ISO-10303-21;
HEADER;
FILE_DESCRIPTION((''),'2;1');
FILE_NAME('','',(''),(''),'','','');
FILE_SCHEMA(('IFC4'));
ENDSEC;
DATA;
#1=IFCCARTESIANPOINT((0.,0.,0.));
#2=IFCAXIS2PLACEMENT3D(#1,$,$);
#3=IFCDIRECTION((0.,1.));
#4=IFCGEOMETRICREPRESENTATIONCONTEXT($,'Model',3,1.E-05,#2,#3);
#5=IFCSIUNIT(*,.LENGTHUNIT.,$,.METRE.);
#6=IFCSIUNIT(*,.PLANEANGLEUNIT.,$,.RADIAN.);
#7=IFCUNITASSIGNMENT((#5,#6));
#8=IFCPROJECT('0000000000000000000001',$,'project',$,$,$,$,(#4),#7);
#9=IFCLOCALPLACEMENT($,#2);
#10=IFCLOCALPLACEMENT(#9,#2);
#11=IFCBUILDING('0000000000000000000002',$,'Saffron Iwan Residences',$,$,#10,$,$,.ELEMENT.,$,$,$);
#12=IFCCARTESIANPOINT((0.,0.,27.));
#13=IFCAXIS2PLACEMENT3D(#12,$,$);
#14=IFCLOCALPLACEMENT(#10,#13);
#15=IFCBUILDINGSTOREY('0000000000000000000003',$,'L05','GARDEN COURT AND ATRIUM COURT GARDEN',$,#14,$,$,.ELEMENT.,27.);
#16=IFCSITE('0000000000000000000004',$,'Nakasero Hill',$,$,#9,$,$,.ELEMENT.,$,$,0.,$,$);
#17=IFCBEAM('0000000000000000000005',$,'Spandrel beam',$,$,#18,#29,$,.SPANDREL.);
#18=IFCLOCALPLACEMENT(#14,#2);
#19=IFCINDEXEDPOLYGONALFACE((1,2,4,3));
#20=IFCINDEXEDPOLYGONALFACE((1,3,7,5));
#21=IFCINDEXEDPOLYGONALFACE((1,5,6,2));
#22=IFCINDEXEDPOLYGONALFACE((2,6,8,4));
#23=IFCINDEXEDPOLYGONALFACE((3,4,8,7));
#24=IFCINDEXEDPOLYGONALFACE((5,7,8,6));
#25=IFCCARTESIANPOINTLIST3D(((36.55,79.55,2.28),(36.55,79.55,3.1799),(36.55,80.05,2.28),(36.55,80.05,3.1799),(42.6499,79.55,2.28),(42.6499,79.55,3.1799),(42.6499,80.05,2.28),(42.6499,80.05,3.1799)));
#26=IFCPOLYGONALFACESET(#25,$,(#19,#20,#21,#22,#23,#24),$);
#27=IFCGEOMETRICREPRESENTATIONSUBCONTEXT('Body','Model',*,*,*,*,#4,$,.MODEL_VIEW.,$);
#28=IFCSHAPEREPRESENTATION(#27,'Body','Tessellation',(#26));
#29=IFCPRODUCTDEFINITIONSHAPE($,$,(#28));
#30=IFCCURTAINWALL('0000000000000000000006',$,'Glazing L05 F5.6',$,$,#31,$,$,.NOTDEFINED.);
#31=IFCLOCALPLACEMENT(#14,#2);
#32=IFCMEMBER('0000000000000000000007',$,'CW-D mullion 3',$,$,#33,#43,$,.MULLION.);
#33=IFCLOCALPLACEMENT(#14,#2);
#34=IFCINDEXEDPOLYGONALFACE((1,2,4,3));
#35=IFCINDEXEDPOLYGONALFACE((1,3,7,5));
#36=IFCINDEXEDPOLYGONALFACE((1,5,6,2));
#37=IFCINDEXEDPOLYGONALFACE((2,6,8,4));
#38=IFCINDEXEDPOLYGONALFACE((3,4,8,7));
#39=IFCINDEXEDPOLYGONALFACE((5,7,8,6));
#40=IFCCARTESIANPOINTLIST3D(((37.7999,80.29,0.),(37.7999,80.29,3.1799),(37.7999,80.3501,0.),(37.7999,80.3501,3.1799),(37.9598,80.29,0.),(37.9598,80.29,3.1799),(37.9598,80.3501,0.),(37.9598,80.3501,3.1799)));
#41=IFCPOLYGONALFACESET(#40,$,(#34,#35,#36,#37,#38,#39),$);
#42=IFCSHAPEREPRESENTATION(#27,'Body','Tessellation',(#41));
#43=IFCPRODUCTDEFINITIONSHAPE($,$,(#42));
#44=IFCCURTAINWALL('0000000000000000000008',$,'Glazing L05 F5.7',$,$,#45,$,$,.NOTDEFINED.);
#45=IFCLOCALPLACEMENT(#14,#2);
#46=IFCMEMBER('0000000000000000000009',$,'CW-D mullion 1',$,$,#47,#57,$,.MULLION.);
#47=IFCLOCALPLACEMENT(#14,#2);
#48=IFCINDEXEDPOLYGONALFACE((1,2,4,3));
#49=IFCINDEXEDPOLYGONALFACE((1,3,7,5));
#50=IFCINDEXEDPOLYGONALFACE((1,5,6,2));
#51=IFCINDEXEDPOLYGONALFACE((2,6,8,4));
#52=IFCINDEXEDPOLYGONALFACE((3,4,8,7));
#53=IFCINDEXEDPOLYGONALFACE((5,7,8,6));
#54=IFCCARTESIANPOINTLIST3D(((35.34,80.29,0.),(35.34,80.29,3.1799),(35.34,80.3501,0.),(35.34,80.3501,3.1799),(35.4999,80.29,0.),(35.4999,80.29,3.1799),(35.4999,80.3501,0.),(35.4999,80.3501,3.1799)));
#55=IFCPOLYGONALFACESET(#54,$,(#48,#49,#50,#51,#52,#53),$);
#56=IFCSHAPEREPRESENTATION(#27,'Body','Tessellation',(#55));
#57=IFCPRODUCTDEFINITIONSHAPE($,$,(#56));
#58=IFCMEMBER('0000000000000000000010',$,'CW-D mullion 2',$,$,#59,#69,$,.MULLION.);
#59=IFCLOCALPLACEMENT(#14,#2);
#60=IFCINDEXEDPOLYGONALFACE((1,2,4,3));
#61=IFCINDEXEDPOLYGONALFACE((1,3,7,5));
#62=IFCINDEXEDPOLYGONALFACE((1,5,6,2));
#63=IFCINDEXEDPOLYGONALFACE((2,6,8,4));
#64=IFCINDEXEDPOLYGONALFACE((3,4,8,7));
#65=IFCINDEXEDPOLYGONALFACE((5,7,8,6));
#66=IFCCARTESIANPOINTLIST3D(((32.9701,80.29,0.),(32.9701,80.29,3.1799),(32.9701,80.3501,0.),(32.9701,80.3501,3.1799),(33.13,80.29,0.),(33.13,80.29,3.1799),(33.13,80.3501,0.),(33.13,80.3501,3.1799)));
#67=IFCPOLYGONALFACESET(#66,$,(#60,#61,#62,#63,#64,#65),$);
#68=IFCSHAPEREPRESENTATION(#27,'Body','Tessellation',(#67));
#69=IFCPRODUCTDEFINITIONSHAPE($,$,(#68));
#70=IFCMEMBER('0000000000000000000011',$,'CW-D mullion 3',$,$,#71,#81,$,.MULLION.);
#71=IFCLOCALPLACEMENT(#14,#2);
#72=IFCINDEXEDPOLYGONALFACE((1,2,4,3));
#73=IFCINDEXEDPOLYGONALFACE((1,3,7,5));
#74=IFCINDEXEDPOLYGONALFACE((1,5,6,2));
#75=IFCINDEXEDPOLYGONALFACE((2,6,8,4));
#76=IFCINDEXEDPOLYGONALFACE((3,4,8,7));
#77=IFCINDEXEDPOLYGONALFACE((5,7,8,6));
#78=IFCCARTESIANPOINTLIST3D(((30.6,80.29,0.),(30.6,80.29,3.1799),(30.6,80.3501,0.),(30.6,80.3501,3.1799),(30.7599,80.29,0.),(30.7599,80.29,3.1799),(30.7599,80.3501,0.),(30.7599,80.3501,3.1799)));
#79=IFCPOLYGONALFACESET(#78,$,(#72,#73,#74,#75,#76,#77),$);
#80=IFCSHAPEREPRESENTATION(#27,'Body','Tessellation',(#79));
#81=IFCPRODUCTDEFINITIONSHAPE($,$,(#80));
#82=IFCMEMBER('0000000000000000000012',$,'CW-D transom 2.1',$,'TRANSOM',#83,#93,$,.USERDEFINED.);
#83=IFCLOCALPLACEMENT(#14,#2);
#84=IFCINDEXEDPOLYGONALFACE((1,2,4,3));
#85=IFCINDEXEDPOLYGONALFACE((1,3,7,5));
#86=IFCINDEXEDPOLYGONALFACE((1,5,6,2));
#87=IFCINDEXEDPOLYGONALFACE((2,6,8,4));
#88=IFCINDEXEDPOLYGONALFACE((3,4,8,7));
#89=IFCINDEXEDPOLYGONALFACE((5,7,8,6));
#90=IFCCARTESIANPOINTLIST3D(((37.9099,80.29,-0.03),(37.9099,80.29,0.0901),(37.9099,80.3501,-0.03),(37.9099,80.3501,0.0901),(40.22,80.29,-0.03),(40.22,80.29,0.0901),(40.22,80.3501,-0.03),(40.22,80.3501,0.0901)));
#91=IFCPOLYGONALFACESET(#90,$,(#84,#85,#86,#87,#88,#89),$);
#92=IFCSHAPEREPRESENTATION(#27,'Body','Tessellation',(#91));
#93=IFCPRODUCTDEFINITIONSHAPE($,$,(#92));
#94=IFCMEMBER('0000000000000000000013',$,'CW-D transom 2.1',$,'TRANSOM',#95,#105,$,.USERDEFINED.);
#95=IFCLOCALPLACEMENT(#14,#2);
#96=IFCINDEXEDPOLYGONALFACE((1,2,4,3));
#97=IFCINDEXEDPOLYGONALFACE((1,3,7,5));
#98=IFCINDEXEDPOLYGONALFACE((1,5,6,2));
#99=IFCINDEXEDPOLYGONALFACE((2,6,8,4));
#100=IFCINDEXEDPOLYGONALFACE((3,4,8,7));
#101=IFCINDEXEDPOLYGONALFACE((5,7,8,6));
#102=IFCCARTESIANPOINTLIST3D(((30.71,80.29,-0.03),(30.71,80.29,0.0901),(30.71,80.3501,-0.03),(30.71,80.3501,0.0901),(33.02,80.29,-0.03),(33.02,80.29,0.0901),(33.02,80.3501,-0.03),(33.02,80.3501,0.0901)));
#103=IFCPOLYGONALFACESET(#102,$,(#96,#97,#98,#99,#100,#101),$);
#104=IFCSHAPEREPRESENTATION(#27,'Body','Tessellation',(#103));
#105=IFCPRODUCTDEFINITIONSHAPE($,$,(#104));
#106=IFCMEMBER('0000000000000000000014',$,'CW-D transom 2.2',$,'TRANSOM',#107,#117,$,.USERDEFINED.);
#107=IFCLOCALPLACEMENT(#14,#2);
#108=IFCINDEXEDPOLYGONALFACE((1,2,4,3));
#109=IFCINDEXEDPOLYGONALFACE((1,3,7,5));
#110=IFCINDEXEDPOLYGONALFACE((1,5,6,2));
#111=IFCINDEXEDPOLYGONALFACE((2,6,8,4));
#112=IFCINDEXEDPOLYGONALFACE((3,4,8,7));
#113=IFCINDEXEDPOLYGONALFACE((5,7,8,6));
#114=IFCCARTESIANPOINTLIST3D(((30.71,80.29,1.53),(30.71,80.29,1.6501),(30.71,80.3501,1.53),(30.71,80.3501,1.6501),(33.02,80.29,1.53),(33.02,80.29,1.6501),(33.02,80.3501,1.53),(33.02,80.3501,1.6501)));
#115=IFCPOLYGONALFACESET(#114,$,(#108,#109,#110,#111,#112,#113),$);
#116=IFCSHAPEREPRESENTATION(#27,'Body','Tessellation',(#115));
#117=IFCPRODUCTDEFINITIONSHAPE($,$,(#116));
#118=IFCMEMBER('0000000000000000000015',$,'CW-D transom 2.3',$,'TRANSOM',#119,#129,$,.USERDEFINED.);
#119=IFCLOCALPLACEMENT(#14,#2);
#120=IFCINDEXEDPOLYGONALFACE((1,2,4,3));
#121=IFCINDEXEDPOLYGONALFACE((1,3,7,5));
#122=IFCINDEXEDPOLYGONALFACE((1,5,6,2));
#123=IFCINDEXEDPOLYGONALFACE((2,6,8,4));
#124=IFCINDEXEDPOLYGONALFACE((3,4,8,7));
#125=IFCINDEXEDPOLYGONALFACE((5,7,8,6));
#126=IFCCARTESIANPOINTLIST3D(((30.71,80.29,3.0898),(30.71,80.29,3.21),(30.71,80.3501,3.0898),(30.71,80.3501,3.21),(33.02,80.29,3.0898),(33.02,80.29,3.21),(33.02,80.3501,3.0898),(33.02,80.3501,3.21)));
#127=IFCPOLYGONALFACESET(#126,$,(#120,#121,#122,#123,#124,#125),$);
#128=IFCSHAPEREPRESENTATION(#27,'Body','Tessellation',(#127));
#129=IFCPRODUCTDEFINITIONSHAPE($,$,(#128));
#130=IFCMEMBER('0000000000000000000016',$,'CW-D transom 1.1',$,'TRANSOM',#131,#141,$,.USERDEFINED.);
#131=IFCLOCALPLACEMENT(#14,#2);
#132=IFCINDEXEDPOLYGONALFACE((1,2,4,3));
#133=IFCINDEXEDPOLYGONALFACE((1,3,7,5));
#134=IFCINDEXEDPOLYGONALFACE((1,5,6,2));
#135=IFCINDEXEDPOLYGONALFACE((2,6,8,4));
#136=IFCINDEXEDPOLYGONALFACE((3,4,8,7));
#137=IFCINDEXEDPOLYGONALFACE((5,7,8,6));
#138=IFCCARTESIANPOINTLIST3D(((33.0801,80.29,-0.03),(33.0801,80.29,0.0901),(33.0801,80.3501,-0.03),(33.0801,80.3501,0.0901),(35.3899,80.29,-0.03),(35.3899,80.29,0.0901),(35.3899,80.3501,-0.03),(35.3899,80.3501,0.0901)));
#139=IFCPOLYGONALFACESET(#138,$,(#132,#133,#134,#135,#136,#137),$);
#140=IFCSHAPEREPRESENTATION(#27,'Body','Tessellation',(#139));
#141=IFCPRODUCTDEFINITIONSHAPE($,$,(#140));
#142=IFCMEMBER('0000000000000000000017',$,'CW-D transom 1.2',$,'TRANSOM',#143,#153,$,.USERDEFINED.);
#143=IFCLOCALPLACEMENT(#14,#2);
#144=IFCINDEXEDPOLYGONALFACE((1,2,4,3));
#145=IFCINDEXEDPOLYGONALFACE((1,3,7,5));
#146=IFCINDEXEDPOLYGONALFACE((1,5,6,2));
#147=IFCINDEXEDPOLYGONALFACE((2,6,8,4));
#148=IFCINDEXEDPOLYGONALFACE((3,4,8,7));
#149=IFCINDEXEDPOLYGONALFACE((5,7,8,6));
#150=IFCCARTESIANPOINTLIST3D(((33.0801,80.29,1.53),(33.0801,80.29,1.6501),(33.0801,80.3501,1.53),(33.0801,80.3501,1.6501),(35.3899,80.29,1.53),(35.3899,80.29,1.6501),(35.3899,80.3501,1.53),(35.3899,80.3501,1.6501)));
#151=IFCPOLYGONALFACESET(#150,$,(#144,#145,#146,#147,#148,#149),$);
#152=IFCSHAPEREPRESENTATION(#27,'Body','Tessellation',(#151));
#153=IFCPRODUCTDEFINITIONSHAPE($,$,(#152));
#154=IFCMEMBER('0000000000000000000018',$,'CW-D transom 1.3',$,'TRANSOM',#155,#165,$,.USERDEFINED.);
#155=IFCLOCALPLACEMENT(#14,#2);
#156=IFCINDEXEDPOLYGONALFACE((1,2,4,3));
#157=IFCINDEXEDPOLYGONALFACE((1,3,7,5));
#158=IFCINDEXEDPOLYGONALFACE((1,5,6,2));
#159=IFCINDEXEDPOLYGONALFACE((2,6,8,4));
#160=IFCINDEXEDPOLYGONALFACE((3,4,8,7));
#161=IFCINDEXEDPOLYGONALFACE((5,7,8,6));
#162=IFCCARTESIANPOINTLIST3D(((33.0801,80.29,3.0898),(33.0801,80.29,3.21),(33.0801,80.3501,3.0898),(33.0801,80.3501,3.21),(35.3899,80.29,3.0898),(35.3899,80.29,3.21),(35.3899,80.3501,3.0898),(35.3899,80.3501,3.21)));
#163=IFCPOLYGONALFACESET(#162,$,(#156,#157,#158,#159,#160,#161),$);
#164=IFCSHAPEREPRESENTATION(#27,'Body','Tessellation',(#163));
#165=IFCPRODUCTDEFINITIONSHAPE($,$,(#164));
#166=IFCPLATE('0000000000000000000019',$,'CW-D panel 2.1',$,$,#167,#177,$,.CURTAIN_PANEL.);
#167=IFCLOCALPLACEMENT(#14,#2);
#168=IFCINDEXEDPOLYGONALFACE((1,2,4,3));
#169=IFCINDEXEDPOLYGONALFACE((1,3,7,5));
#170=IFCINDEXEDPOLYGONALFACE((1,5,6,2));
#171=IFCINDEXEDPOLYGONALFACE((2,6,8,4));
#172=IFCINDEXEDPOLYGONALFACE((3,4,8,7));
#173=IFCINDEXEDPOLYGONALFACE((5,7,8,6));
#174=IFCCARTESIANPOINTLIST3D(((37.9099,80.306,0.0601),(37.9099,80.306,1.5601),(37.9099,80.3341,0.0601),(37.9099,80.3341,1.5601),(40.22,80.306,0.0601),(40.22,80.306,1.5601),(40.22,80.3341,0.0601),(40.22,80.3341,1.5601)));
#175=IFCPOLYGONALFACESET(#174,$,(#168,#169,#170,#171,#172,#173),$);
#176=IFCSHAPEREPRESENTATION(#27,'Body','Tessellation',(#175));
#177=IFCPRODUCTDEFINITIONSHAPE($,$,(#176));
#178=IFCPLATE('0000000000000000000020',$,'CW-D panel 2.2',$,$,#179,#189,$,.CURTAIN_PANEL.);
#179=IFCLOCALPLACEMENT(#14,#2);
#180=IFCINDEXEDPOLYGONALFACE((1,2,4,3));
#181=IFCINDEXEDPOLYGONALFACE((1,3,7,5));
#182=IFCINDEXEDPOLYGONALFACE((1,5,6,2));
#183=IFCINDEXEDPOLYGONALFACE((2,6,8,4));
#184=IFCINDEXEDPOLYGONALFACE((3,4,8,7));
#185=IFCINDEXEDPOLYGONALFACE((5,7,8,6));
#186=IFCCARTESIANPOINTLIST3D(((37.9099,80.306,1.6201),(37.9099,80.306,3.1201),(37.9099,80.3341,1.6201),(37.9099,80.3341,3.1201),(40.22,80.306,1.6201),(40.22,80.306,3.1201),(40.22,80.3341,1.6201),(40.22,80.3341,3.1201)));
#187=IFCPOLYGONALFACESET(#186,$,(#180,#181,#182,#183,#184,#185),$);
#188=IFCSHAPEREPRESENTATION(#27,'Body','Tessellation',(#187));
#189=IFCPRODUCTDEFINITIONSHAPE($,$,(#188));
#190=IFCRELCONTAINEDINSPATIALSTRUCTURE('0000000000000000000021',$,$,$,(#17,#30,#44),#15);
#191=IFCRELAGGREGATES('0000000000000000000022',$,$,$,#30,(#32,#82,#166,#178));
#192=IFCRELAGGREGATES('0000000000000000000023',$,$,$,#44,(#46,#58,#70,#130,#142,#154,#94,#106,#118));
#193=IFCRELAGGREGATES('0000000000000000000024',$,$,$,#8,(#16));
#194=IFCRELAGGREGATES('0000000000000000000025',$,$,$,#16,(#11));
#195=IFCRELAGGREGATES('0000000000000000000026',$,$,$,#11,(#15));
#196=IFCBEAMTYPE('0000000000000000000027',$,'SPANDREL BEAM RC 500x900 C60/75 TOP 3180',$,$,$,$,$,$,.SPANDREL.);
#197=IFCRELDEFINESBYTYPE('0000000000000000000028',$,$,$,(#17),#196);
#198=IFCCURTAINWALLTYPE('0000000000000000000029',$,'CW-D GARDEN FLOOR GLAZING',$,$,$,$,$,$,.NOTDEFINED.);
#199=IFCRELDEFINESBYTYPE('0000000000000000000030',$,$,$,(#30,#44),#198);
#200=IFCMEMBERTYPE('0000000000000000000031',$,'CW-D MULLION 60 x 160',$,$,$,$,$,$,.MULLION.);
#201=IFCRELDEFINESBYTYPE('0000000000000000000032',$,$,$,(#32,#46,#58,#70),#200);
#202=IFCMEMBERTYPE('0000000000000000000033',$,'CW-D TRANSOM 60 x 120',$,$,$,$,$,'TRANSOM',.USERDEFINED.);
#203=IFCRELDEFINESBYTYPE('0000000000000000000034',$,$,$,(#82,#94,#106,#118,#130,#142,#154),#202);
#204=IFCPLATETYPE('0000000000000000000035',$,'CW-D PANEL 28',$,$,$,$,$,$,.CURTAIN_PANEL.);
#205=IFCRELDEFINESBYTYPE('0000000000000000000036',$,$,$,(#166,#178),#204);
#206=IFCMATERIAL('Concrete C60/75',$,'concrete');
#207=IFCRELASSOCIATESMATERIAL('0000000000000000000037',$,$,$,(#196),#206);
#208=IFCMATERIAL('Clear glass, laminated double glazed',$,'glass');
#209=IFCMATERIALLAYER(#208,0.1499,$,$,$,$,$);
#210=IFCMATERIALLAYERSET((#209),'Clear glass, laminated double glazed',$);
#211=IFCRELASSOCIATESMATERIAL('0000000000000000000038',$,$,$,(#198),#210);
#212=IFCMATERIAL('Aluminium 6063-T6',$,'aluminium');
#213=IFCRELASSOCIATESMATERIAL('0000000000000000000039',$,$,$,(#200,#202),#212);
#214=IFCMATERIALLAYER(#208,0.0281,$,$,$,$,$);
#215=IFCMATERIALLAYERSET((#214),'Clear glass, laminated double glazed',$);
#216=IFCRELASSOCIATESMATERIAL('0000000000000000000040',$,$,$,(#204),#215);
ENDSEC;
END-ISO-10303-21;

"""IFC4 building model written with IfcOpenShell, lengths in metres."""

from ifc_helpers import new_model, si_unit, direction, frame, origin, origin_2d, place, context, subcontext, project, spatial, rectangle, extrude, source, transform, mapped, material, layer, layer_set, material_profile, profile_set, type_object, element, aggregate, save


model = new_model("IFC4")

# Units and contexts
model_context = context("Model", 3, precision=1e-05, world=origin(), true_north=direction((0.0, 1.0)))
body_context = subcontext(model_context, "Body", "Model", "MODEL_VIEW")
ifc_project = project(units=[si_unit("LENGTHUNIT", "METRE"), si_unit("PLANEANGLEUNIT", "RADIAN")], contexts=[model_context])

# Site, building, storey
site_placement = place(None, origin())
site = spatial("IfcSite", under=ifc_project, at=site_placement, Name="Nakasero Hill", CompositionType="ELEMENT", RefElevation=0.0)
building_placement = place(site_placement, origin())
building = spatial("IfcBuilding", under=site, at=building_placement, Name="Saffron Iwan Residences", CompositionType="ELEMENT")
storey_placement = place(building_placement, frame((0.0, 0.0, 27.0)))
storey = spatial("IfcBuildingStorey", under=building, at=storey_placement, Name="L05", Description="GARDEN COURT AND ATRIUM COURT GARDEN", CompositionType="ELEMENT", Elevation=27.0)

# Beam
ifc_material_1 = material(Name="Concrete C60/75", Category="concrete")
ifc_material_profile_1 = material_profile(ifc_material_1, rectangle(XDim=0.5, YDim=0.8999, at=origin_2d()), Name="RC 500x900")
ifc_profile_set_1 = profile_set([ifc_material_profile_1], Name="Concrete C60/75")
beam_type = type_object("IfcBeamType", Name="SPANDREL BEAM RC 500x900 C60/75 TOP 3180", PredefinedType="SPANDREL", material=ifc_profile_set_1)
shared_shape_1 = source(origin(), body_context, "Body", "SweptSolid", [
    extrude(rectangle(XDim=0.5, YDim=0.8999, at=origin_2d()), origin(), (0.0, 0.0, 1.0), 6.0999),
])
beam_placement = place(storey_placement, frame((36.55, 79.8, 2.73), z_axis=(1.0, 0.0, 0.0), x_axis=(0.0, 1.0, 0.0)))
element("IfcBeam", 1, at=beam_placement, inside=storey, type_object=beam_type, Name="Spandrel beam", PredefinedType="SPANDREL", context=body_context, shape_type="MappedRepresentation", body=[
    mapped(shared_shape_1, transform((0.0, 0.0, 0.0))),
])

# Curtain wall, member
ifc_material_2 = material(Name="Clear glass, laminated double glazed", Category="glass")
ifc_layer_1 = layer(ifc_material_2, 0.1499)
ifc_layer_set_1 = layer_set([ifc_layer_1], Name="Clear glass, laminated double glazed")
curtain_wall_type = type_object("IfcCurtainWallType", Name="CW-D GARDEN FLOOR GLAZING", PredefinedType="NOTDEFINED", material=ifc_layer_set_1)
curtain_wall_1_placement = place(storey_placement, origin())
curtain_wall_1 = element("IfcCurtainWall", 2, at=curtain_wall_1_placement, inside=storey, type_object=curtain_wall_type, Name="Glazing L05 F5.6", PredefinedType="NOTDEFINED")
ifc_material_3 = material(Name="Aluminium 6063-T6", Category="aluminium")
ifc_material_profile_2 = material_profile(ifc_material_3, rectangle(XDim=0.0601, YDim=0.1599, at=origin_2d()), Name="CW-D MULLION 60 x 160")
ifc_profile_set_2 = profile_set([ifc_material_profile_2], Name="Aluminium 6063-T6")
member_type_1 = type_object("IfcMemberType", Name="CW-D MULLION 60 x 160", PredefinedType="MULLION", material=ifc_profile_set_2)
shared_shape_2 = source(origin(), body_context, "Body", "SweptSolid", [
    extrude(rectangle(XDim=0.0601, YDim=0.1599, at=origin_2d()), origin(), (0.0, 0.0, 1.0), 3.1799),
])
member_1_placement = place(storey_placement, frame((37.8799, 80.3201, 0.0), z_axis=(0.0, 0.0, 1.0), x_axis=(0.0, -1.0, 0.0)))
member_1 = element("IfcMember", 3, at=member_1_placement, type_object=member_type_1, Name="CW-D mullion 3", PredefinedType="MULLION", context=body_context, shape_type="MappedRepresentation", body=[
    mapped(shared_shape_2, transform((0.0, 0.0, 0.0))),
])

# Curtain wall, members
curtain_wall_2_placement = place(storey_placement, origin())
curtain_wall_2 = element("IfcCurtainWall", 4, at=curtain_wall_2_placement, inside=storey, type_object=curtain_wall_type, Name="Glazing L05 F5.7", PredefinedType="NOTDEFINED")
member_2_placement = place(storey_placement, frame((35.4199, 80.3201, 0.0), z_axis=(0.0, 0.0, 1.0), x_axis=(0.0, -1.0, 0.0)))
member_2 = element("IfcMember", 5, at=member_2_placement, type_object=member_type_1, Name="CW-D mullion 1", PredefinedType="MULLION", context=body_context, shape_type="MappedRepresentation", body=[
    mapped(shared_shape_2, transform((0.0, 0.0, 0.0))),
])
member_3_placement = place(storey_placement, frame((33.05, 80.3201, 0.0), z_axis=(0.0, 0.0, 1.0), x_axis=(0.0, -1.0, 0.0)))
member_3 = element("IfcMember", 6, at=member_3_placement, type_object=member_type_1, Name="CW-D mullion 2", PredefinedType="MULLION", context=body_context, shape_type="MappedRepresentation", body=[
    mapped(shared_shape_2, transform((0.0, 0.0, 0.0))),
])
member_4_placement = place(storey_placement, frame((30.6799, 80.3201, 0.0), z_axis=(0.0, 0.0, 1.0), x_axis=(0.0, -1.0, 0.0)))
member_4 = element("IfcMember", 7, at=member_4_placement, type_object=member_type_1, Name="CW-D mullion 3", PredefinedType="MULLION", context=body_context, shape_type="MappedRepresentation", body=[
    mapped(shared_shape_2, transform((0.0, 0.0, 0.0))),
])

# Members
ifc_material_profile_3 = material_profile(ifc_material_3, rectangle(XDim=0.0601, YDim=0.1201, at=origin_2d()), Name="CW-D TRANSOM 60 x 120")
ifc_profile_set_3 = profile_set([ifc_material_profile_3], Name="Aluminium 6063-T6")
member_type_2 = type_object("IfcMemberType", Name="CW-D TRANSOM 60 x 120", ElementType="TRANSOM", PredefinedType="USERDEFINED", material=ifc_profile_set_3)
shared_shape_3 = source(origin(), body_context, "Body", "SweptSolid", [
    extrude(rectangle(XDim=0.0601, YDim=0.1201, at=origin_2d()), origin(), (0.0, 0.0, 1.0), 2.3101),
])
member_5_placement = place(storey_placement, frame((40.22, 80.3201, 0.03), z_axis=(-1.0, 0.0, 0.0), x_axis=(0.0, -1.0, 0.0)))
member_5 = element("IfcMember", 8, at=member_5_placement, type_object=member_type_2, Name="CW-D transom 2.1", ObjectType="TRANSOM", PredefinedType="USERDEFINED", context=body_context, shape_type="MappedRepresentation", body=[
    mapped(shared_shape_3, transform((0.0, 0.0, 0.0))),
])
member_6_placement = place(storey_placement, frame((33.02, 80.3201, 0.03), z_axis=(-1.0, 0.0, 0.0), x_axis=(0.0, -1.0, 0.0)))
member_6 = element("IfcMember", 9, at=member_6_placement, type_object=member_type_2, Name="CW-D transom 2.1", ObjectType="TRANSOM", PredefinedType="USERDEFINED", context=body_context, shape_type="MappedRepresentation", body=[
    mapped(shared_shape_3, transform((0.0, 0.0, 0.0))),
])
member_7_placement = place(storey_placement, frame((33.02, 80.3201, 1.5901), z_axis=(-1.0, 0.0, 0.0), x_axis=(0.0, -1.0, 0.0)))
member_7 = element("IfcMember", 10, at=member_7_placement, type_object=member_type_2, Name="CW-D transom 2.2", ObjectType="TRANSOM", PredefinedType="USERDEFINED", context=body_context, shape_type="MappedRepresentation", body=[
    mapped(shared_shape_3, transform((0.0, 0.0, 0.0))),
])
member_8_placement = place(storey_placement, frame((33.02, 80.3201, 3.1499), z_axis=(-1.0, 0.0, 0.0), x_axis=(0.0, -1.0, 0.0)))
member_8 = element("IfcMember", 11, at=member_8_placement, type_object=member_type_2, Name="CW-D transom 2.3", ObjectType="TRANSOM", PredefinedType="USERDEFINED", context=body_context, shape_type="MappedRepresentation", body=[
    mapped(shared_shape_3, transform((0.0, 0.0, 0.0))),
])
shared_shape_4 = source(origin(), body_context, "Body", "SweptSolid", [
    extrude(rectangle(XDim=0.0601, YDim=0.1201, at=origin_2d()), origin(), (0.0, 0.0, 1.0), 2.3098),
])
member_9_placement = place(storey_placement, frame((35.3899, 80.3201, 0.03), z_axis=(-1.0, 0.0, 0.0), x_axis=(0.0, -1.0, 0.0)))
member_9 = element("IfcMember", 12, at=member_9_placement, type_object=member_type_2, Name="CW-D transom 1.1", ObjectType="TRANSOM", PredefinedType="USERDEFINED", context=body_context, shape_type="MappedRepresentation", body=[
    mapped(shared_shape_4, transform((0.0, 0.0, 0.0))),
])
member_10_placement = place(storey_placement, frame((35.3899, 80.3201, 1.5901), z_axis=(-1.0, 0.0, 0.0), x_axis=(0.0, -1.0, 0.0)))
member_10 = element("IfcMember", 13, at=member_10_placement, type_object=member_type_2, Name="CW-D transom 1.2", ObjectType="TRANSOM", PredefinedType="USERDEFINED", context=body_context, shape_type="MappedRepresentation", body=[
    mapped(shared_shape_4, transform((0.0, 0.0, 0.0))),
])
member_11_placement = place(storey_placement, frame((35.3899, 80.3201, 3.1499), z_axis=(-1.0, 0.0, 0.0), x_axis=(0.0, -1.0, 0.0)))
member_11 = element("IfcMember", 14, at=member_11_placement, type_object=member_type_2, Name="CW-D transom 1.3", ObjectType="TRANSOM", PredefinedType="USERDEFINED", context=body_context, shape_type="MappedRepresentation", body=[
    mapped(shared_shape_4, transform((0.0, 0.0, 0.0))),
])

# Plates
ifc_layer_2 = layer(ifc_material_2, 0.0281)
ifc_layer_set_2 = layer_set([ifc_layer_2], Name="Clear glass, laminated double glazed")
plate_type = type_object("IfcPlateType", Name="CW-D PANEL 28", PredefinedType="CURTAIN_PANEL", material=ifc_layer_set_2)
shared_shape_5 = source(origin(), body_context, "Body", "SweptSolid", [
    extrude(rectangle(XDim=2.3101, YDim=0.0281, at=origin_2d()), origin(), (0.0, 0.0, 1.0), 1.5),
])
plate_1_placement = place(storey_placement, frame((39.0649, 80.3201, 0.0601), z_axis=(0.0, 0.0, 1.0), x_axis=(-1.0, 0.0, 0.0)))
plate_1 = element("IfcPlate", 15, at=plate_1_placement, type_object=plate_type, Name="CW-D panel 2.1", PredefinedType="CURTAIN_PANEL", context=body_context, shape_type="MappedRepresentation", body=[
    mapped(shared_shape_5, transform((0.0, 0.0, 0.0))),
])
plate_2_placement = place(storey_placement, frame((39.0649, 80.3201, 1.6201), z_axis=(0.0, 0.0, 1.0), x_axis=(-1.0, 0.0, 0.0)))
plate_2 = element("IfcPlate", 16, at=plate_2_placement, type_object=plate_type, Name="CW-D panel 2.2", PredefinedType="CURTAIN_PANEL", context=body_context, shape_type="MappedRepresentation", body=[
    mapped(shared_shape_5, transform((0.0, 0.0, 0.0))),
])
aggregate(curtain_wall_1, [member_1, member_5, plate_1, plate_2])
aggregate(curtain_wall_2, [member_2, member_3, member_4, member_9, member_10, member_11, member_6, member_7, member_8])

save(model, "model.ifc")
